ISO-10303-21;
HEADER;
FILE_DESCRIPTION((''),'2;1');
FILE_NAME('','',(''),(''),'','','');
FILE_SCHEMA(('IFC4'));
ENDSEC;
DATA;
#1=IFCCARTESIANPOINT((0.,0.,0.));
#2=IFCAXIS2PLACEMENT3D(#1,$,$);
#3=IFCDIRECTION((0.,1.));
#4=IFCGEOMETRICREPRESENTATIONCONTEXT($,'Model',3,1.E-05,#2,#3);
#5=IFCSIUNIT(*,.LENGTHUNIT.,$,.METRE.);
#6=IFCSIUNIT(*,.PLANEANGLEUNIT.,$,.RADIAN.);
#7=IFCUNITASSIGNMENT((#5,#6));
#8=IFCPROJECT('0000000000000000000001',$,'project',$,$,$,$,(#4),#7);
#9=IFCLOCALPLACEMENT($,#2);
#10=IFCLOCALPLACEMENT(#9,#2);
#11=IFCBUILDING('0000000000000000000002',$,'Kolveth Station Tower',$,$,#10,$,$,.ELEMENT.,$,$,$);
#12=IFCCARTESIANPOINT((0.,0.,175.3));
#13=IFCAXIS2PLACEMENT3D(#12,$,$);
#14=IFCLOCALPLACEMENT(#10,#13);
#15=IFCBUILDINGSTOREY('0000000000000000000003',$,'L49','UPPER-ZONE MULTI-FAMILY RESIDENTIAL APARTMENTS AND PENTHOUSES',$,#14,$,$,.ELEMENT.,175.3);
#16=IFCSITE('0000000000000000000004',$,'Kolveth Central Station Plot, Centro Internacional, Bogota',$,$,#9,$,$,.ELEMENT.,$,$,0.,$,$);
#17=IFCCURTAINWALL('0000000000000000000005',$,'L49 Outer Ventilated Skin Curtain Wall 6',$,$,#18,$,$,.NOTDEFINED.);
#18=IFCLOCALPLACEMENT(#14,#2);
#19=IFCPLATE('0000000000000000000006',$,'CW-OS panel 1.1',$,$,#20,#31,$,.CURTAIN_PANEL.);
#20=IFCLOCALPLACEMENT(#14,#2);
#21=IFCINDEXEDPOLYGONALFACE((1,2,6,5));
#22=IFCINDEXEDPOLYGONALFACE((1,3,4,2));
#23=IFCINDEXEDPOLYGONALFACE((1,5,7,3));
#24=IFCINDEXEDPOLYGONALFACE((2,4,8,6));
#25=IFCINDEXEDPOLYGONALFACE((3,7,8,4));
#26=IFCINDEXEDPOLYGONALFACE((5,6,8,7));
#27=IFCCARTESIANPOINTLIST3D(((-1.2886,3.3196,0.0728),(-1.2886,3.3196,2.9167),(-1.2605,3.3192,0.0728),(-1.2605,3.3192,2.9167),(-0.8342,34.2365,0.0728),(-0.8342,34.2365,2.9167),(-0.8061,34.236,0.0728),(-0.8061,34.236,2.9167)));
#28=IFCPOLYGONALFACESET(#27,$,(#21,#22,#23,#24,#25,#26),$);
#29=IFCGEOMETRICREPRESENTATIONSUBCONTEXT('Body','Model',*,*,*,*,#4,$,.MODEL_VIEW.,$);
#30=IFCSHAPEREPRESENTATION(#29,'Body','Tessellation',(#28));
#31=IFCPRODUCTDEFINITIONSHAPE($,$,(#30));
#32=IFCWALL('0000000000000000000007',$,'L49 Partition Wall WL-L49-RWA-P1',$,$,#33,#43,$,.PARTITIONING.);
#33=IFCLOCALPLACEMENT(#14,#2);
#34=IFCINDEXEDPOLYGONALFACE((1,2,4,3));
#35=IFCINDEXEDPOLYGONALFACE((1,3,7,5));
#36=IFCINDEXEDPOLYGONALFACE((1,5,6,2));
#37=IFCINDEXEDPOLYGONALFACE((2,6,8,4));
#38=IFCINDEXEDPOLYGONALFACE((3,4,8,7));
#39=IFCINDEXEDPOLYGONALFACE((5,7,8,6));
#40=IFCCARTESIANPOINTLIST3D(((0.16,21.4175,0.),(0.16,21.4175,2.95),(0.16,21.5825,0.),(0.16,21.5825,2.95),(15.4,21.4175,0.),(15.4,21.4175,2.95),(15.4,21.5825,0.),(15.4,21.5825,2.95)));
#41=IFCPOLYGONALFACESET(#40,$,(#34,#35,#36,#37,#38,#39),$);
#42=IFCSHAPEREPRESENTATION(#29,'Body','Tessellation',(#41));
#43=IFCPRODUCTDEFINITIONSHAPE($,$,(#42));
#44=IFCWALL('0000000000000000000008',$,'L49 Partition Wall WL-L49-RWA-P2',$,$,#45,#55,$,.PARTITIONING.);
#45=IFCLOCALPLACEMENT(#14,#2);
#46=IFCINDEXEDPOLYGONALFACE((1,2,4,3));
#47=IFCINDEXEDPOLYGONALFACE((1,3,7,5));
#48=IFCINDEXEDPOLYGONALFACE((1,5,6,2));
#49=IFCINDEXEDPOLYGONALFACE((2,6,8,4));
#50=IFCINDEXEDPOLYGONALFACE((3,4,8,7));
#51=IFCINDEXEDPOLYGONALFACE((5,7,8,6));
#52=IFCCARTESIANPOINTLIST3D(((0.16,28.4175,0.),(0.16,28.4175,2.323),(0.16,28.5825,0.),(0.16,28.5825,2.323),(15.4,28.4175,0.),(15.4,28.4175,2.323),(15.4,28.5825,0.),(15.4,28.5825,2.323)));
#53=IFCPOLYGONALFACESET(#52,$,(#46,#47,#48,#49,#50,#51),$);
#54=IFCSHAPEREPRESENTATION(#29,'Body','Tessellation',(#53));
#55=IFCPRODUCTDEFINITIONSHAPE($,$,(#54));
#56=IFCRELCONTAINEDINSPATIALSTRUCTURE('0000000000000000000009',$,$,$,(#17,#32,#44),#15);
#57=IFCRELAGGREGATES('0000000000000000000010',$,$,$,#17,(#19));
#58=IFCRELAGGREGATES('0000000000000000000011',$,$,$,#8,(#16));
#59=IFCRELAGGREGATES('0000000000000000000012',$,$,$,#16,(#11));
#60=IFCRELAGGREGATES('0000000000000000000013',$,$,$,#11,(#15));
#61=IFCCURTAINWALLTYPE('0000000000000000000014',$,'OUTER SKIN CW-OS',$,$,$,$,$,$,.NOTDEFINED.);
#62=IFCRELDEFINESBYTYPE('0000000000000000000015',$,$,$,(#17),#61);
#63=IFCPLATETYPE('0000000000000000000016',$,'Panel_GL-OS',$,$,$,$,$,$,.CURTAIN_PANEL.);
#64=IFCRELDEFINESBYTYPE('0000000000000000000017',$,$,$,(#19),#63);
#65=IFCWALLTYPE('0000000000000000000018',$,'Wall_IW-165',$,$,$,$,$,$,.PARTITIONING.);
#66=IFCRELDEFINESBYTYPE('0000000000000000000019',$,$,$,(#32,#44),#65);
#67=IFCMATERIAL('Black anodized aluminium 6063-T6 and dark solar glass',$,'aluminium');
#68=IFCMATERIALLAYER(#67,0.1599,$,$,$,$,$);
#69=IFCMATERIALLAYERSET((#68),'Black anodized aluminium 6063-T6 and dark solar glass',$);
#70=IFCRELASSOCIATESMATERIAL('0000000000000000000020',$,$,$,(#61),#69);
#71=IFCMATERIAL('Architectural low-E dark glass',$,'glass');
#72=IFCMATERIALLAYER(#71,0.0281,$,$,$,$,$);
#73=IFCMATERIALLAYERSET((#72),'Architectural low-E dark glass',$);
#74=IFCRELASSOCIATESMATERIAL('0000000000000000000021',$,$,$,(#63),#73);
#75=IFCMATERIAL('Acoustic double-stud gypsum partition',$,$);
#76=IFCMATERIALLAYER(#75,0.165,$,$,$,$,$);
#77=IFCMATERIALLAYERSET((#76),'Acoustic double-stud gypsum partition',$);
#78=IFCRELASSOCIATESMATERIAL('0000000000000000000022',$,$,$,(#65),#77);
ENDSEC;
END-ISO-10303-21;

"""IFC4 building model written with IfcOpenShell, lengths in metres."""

from ifc_helpers import new_model, si_unit, direction, frame, frame_2d, origin, origin_2d, place, context, subcontext, project, spatial, rectangle, extrude, source, transform, mapped, material, layer, layer_set, type_object, element, aggregate, save


model = new_model("IFC4")

# Units and contexts
model_context = context("Model", 3, precision=1e-05, world=origin(), true_north=direction((0.0, 1.0)))
body_context = subcontext(model_context, "Body", "Model", "MODEL_VIEW")
ifc_project = project(units=[si_unit("LENGTHUNIT", "METRE"), si_unit("PLANEANGLEUNIT", "RADIAN")], contexts=[model_context])

# Site, building, storey
site_placement = place(None, origin())
site = spatial("IfcSite", under=ifc_project, at=site_placement, Name="Kolveth Central Station Plot, Centro Internacional, Bogota", CompositionType="ELEMENT", RefElevation=0.0)
building_placement = place(site_placement, origin())
building = spatial("IfcBuilding", under=site, at=building_placement, Name="Kolveth Station Tower", CompositionType="ELEMENT")
storey_placement = place(building_placement, frame((0.0, 0.0, 175.3)))
storey = spatial("IfcBuildingStorey", under=building, at=storey_placement, Name="L49", Description="UPPER-ZONE MULTI-FAMILY RESIDENTIAL APARTMENTS AND PENTHOUSES", CompositionType="ELEMENT", Elevation=175.3)

# Curtain wall, plate
ifc_material_1 = material(Name="Architectural low-E dark glass", Category="glass")
ifc_material_2 = material(Name="Black anodized aluminium 6063-T6 and dark solar glass", Category="aluminium")
ifc_layer_1 = layer(ifc_material_2, 0.1599)
ifc_layer_set_1 = layer_set([ifc_layer_1], Name="Black anodized aluminium 6063-T6 and dark solar glass")
curtain_wall_type_1 = type_object("IfcCurtainWallType", Name="OUTER SKIN CW-OS", PredefinedType="NOTDEFINED", material=ifc_layer_set_1)
curtain_wall_1_placement = place(storey_placement, origin())
curtain_wall_1 = element("IfcCurtainWall", 1, at=curtain_wall_1_placement, inside=storey, type_object=curtain_wall_type_1, Name="L49 Outer Ventilated Skin Curtain Wall 6", PredefinedType="NOTDEFINED")
ifc_layer_2 = layer(ifc_material_1, 0.0281)
ifc_layer_set_2 = layer_set([ifc_layer_2], Name="Architectural low-E dark glass")
plate_type_1 = type_object("IfcPlateType", Name="Panel_GL-OS", PredefinedType="CURTAIN_PANEL", material=ifc_layer_set_2)
shared_shape_1 = source(origin(), body_context, "Body", "SweptSolid", [
    extrude(rectangle(XDim=30.9202, YDim=0.0281, at=origin_2d()), origin(), (0.0, 0.0, 1.0), 2.844),
])
plate_1_placement = place(storey_placement, frame((-1.0474, 18.7778, 0.0728), z_axis=(0.0, 0.0, 1.0), x_axis=(-0.014695, -0.999892, 0.0)))
plate_1 = element("IfcPlate", 2, at=plate_1_placement, type_object=plate_type_1, Name="CW-OS panel 1.1", PredefinedType="CURTAIN_PANEL", context=body_context, shape_type="MappedRepresentation", body=[
    mapped(shared_shape_1, transform((0.0, 0.0, 0.0), x_axis=(1.0, 0.0, 0.0), y_axis=(0.0, 1.0, 0.0), z_axis=(0.0, 0.0, 1.0), scale=1.0)),
])
aggregate(curtain_wall_1, [plate_1])

# Walls
ifc_material_3 = material(Name="Acoustic double-stud gypsum partition")
ifc_layer_3 = layer(ifc_material_3, 0.165)
ifc_layer_set_3 = layer_set([ifc_layer_3], Name="Acoustic double-stud gypsum partition")
wall_type = type_object("IfcWallType", Name="Wall_IW-165", PredefinedType="PARTITIONING", material=ifc_layer_set_3)
wall_1_placement = place(storey_placement, frame((0.1599, 21.5, 0.0), z_axis=(0.0, 0.0, 1.0), x_axis=(1.0, 0.0, 0.0)))
element("IfcWall", 3, at=wall_1_placement, inside=storey, type_object=wall_type, Name="L49 Partition Wall WL-L49-RWA-P1", PredefinedType="PARTITIONING", context=body_context, shape_type="SweptSolid", body=[
    extrude(rectangle(XDim=15.24, YDim=0.165, at=frame_2d((7.6201, 0.0))), origin(), (0.0, 0.0, 1.0), 2.95),
])
wall_2_placement = place(storey_placement, frame((0.1599, 28.5, 0.0), z_axis=(0.0, 0.0, 1.0), x_axis=(1.0, 0.0, 0.0)))
element("IfcWall", 4, at=wall_2_placement, inside=storey, type_object=wall_type, Name="L49 Partition Wall WL-L49-RWA-P2", PredefinedType="PARTITIONING", context=body_context, shape_type="SweptSolid", body=[
    extrude(rectangle(XDim=15.24, YDim=0.165, at=frame_2d((7.6201, 0.0))), origin(), (0.0, 0.0, 1.0), 2.323),
])

save(model, "model.ifc")
